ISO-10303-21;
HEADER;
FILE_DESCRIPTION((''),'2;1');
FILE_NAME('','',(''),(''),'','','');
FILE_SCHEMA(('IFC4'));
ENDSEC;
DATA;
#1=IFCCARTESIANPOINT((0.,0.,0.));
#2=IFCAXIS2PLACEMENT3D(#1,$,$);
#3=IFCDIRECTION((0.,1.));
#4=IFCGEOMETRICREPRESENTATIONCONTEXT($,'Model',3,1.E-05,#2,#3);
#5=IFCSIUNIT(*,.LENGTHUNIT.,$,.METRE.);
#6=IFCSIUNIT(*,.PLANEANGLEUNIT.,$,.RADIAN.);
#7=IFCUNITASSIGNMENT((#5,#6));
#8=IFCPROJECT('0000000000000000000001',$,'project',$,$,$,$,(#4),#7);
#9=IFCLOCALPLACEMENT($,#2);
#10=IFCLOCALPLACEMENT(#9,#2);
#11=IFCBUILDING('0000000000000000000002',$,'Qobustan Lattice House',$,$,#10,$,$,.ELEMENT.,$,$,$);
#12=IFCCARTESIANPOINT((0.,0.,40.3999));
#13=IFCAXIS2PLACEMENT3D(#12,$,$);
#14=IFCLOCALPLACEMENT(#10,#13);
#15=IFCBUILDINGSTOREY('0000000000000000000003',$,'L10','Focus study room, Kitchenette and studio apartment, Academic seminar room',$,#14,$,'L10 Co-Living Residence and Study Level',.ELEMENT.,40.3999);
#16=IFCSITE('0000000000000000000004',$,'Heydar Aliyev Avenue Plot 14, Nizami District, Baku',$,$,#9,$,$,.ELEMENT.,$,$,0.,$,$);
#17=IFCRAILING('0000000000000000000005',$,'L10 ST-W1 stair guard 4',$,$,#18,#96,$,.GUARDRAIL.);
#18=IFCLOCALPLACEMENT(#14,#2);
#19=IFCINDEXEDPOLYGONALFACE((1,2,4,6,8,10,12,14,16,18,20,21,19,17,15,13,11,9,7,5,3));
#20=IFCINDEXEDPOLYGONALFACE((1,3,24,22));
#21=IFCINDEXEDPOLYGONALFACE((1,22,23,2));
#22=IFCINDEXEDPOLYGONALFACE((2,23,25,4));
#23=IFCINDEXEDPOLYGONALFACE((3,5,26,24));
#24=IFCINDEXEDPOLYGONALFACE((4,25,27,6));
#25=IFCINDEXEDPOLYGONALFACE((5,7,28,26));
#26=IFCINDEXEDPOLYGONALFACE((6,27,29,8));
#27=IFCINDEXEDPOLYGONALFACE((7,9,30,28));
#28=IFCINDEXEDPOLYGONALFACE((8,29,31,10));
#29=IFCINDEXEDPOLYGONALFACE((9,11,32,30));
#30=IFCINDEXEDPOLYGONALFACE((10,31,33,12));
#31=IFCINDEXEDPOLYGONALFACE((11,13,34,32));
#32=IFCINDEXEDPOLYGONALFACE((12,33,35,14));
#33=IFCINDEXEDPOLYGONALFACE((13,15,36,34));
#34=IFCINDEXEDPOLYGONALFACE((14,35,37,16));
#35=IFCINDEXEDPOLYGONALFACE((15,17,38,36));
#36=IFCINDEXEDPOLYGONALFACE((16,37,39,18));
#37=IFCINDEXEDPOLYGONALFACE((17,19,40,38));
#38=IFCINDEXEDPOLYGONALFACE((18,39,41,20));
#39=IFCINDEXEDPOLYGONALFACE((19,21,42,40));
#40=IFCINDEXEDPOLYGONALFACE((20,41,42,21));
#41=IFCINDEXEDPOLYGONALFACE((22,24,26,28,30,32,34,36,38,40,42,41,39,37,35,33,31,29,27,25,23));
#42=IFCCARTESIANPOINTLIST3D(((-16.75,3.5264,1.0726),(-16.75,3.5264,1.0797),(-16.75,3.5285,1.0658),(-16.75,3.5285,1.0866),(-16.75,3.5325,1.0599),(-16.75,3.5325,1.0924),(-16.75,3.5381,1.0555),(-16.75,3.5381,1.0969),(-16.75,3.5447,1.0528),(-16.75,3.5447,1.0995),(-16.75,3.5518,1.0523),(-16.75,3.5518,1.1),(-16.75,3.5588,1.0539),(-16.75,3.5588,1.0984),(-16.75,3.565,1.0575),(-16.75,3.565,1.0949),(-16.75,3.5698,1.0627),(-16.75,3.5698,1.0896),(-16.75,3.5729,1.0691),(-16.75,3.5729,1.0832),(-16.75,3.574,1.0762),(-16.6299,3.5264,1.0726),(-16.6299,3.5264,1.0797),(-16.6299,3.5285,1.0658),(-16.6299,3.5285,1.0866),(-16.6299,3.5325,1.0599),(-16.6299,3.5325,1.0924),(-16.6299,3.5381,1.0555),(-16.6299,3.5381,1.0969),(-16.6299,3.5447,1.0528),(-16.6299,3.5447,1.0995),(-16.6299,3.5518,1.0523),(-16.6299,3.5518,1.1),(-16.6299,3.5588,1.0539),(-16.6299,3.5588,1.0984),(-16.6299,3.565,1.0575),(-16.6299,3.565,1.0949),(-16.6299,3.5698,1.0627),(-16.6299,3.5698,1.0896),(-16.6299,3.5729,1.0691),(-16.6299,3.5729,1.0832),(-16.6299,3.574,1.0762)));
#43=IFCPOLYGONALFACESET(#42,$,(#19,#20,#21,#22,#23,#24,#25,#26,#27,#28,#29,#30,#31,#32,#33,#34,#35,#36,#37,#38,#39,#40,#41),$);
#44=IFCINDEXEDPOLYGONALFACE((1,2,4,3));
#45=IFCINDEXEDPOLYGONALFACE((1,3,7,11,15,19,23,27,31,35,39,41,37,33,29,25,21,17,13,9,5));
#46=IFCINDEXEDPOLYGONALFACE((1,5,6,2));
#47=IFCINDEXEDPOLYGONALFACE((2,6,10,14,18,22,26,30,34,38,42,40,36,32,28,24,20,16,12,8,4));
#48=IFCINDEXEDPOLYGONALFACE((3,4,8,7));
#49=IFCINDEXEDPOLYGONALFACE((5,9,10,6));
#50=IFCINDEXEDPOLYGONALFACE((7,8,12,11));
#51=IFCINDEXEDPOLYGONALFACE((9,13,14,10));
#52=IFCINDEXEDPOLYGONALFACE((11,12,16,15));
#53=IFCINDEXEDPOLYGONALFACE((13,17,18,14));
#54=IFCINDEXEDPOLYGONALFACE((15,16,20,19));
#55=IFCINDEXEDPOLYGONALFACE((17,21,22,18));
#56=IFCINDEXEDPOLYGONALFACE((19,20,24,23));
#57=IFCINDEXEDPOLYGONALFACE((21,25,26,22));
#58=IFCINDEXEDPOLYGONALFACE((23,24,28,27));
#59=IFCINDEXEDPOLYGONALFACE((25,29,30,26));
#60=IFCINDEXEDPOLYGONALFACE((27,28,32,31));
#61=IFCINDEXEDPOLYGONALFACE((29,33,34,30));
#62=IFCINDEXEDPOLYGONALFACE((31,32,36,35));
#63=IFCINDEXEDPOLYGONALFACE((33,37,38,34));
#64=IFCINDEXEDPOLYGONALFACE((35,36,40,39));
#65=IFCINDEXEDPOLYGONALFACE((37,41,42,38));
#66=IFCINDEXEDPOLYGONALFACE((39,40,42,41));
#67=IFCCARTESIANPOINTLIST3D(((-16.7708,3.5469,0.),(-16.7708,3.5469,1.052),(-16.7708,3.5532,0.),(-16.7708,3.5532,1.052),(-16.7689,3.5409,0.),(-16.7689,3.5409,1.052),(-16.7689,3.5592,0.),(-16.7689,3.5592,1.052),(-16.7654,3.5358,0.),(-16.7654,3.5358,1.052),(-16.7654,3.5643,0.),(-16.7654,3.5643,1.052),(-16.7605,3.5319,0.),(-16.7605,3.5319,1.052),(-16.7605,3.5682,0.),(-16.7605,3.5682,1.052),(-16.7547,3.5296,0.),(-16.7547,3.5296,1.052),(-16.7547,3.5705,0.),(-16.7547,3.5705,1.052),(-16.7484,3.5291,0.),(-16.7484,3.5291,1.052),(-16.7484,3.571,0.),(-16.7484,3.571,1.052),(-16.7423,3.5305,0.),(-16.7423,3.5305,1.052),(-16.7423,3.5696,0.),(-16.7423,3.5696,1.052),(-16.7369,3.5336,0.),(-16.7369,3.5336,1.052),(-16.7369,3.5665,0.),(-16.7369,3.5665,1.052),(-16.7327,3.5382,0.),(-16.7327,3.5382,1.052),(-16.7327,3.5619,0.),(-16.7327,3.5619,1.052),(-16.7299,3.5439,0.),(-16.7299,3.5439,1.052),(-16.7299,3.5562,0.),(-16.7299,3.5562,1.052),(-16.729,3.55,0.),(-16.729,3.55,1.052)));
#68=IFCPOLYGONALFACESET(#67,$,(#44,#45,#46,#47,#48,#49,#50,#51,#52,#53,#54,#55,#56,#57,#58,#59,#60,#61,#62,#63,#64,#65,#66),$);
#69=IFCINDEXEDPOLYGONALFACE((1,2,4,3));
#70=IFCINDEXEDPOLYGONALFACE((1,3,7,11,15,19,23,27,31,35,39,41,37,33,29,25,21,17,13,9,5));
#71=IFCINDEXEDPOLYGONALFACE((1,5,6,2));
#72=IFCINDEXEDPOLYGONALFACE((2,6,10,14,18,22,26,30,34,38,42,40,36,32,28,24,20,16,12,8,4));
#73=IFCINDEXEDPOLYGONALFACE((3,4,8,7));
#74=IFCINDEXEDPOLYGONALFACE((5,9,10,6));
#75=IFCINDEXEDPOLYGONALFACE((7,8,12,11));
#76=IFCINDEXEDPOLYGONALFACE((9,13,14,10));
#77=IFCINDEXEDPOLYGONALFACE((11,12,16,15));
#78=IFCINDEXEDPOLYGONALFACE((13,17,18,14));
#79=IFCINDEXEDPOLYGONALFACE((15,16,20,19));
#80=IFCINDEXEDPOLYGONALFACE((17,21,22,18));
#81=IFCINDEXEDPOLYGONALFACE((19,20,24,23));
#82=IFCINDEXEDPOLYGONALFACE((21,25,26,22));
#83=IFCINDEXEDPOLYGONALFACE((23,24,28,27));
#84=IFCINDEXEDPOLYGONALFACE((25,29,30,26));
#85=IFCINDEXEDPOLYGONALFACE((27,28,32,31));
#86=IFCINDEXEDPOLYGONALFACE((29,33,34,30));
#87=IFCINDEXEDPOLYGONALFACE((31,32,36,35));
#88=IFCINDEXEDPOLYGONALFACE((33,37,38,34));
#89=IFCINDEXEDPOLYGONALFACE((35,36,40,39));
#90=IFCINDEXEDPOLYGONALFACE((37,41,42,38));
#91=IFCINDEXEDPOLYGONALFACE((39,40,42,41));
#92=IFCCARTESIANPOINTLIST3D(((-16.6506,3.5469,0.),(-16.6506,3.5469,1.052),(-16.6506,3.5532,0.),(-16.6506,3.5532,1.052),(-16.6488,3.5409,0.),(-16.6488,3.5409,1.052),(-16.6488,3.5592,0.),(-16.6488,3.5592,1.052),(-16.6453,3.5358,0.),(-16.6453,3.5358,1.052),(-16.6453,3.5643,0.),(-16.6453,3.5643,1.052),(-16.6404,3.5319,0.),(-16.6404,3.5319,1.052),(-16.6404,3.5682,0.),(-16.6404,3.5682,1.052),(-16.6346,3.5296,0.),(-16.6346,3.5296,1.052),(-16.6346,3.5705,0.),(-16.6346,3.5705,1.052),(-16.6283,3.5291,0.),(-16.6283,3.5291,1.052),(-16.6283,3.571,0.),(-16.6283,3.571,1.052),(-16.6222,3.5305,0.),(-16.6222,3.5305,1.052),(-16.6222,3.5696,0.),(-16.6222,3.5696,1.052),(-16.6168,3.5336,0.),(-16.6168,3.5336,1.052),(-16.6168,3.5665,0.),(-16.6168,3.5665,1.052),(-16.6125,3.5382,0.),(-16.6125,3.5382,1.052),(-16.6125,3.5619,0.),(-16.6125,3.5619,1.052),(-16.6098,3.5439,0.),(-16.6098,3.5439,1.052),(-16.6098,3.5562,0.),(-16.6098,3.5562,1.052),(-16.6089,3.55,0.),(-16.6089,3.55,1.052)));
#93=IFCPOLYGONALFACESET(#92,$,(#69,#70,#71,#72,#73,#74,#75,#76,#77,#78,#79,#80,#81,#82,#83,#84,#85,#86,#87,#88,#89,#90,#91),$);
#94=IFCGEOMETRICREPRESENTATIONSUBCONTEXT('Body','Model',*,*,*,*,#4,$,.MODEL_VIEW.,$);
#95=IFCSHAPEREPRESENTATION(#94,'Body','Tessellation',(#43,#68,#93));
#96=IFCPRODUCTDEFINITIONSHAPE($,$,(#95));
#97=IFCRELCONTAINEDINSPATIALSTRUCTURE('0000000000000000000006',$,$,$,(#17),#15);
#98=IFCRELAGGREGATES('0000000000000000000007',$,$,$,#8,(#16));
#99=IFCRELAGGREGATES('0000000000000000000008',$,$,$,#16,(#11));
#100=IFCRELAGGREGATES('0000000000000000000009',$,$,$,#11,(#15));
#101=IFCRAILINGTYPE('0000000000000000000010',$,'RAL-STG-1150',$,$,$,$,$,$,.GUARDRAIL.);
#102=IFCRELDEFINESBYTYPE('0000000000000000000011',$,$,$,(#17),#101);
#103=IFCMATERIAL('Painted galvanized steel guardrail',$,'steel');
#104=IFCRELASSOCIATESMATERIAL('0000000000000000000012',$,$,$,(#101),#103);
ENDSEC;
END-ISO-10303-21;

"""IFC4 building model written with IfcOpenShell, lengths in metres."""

from ifc_helpers import new_model, si_unit, direction, frame, origin, origin_2d, place, context, subcontext, project, spatial, circle, extrude, material, type_object, element, save


model = new_model("IFC4")

# Units and contexts
model_context = context("Model", 3, precision=1e-05, world=origin(), true_north=direction((0.0, 1.0)))
body_context = subcontext(model_context, "Body", "Model", "MODEL_VIEW")
ifc_project = project(units=[si_unit("LENGTHUNIT", "METRE"), si_unit("PLANEANGLEUNIT", "RADIAN")], contexts=[model_context])

# Site, building, storey
site_placement = place(None, origin())
site = spatial("IfcSite", under=ifc_project, at=site_placement, Name="Heydar Aliyev Avenue Plot 14, Nizami District, Baku", CompositionType="ELEMENT", RefElevation=0.0)
building_placement = place(site_placement, origin())
building = spatial("IfcBuilding", under=site, at=building_placement, Name="Qobustan Lattice House", CompositionType="ELEMENT")
storey_placement = place(building_placement, frame((0.0, 0.0, 40.3999)))
storey = spatial("IfcBuildingStorey", under=building, at=storey_placement, Name="L10", Description="Focus study room, Kitchenette and studio apartment, Academic seminar room", LongName="L10 Co-Living Residence and Study Level", CompositionType="ELEMENT", Elevation=40.3999)

# Railing
ifc_material_1 = material(Name="Painted galvanized steel guardrail", Category="steel")
railing_type_1 = type_object("IfcRailingType", Name="RAL-STG-1150", PredefinedType="GUARDRAIL", material=ifc_material_1)
railing_1_placement = place(storey_placement, frame((-16.75, 3.55, 0.0)))
element("IfcRailing", 1, at=railing_1_placement, inside=storey, type_object=railing_type_1, Name="L10 ST-W1 stair guard 4", PredefinedType="GUARDRAIL", context=body_context, shape_type="SweptSolid", body=[
    extrude(circle(Radius=0.0239, at=origin_2d()), frame((0.0, 0.0, 1.0762), z_axis=(1.0, 0.0, 0.0), x_axis=(0.0, 1.0, 0.0)), (0.0, 0.0, 1.0), 0.1201),
    extrude(circle(Radius=0.021, at=origin_2d()), origin(), (0.0, 0.0, 1.0), 1.052),
    extrude(circle(Radius=0.021, at=origin_2d()), frame((0.1201, 0.0, 0.0)), (0.0, 0.0, 1.0), 1.052),
])

save(model, "model.ifc")
